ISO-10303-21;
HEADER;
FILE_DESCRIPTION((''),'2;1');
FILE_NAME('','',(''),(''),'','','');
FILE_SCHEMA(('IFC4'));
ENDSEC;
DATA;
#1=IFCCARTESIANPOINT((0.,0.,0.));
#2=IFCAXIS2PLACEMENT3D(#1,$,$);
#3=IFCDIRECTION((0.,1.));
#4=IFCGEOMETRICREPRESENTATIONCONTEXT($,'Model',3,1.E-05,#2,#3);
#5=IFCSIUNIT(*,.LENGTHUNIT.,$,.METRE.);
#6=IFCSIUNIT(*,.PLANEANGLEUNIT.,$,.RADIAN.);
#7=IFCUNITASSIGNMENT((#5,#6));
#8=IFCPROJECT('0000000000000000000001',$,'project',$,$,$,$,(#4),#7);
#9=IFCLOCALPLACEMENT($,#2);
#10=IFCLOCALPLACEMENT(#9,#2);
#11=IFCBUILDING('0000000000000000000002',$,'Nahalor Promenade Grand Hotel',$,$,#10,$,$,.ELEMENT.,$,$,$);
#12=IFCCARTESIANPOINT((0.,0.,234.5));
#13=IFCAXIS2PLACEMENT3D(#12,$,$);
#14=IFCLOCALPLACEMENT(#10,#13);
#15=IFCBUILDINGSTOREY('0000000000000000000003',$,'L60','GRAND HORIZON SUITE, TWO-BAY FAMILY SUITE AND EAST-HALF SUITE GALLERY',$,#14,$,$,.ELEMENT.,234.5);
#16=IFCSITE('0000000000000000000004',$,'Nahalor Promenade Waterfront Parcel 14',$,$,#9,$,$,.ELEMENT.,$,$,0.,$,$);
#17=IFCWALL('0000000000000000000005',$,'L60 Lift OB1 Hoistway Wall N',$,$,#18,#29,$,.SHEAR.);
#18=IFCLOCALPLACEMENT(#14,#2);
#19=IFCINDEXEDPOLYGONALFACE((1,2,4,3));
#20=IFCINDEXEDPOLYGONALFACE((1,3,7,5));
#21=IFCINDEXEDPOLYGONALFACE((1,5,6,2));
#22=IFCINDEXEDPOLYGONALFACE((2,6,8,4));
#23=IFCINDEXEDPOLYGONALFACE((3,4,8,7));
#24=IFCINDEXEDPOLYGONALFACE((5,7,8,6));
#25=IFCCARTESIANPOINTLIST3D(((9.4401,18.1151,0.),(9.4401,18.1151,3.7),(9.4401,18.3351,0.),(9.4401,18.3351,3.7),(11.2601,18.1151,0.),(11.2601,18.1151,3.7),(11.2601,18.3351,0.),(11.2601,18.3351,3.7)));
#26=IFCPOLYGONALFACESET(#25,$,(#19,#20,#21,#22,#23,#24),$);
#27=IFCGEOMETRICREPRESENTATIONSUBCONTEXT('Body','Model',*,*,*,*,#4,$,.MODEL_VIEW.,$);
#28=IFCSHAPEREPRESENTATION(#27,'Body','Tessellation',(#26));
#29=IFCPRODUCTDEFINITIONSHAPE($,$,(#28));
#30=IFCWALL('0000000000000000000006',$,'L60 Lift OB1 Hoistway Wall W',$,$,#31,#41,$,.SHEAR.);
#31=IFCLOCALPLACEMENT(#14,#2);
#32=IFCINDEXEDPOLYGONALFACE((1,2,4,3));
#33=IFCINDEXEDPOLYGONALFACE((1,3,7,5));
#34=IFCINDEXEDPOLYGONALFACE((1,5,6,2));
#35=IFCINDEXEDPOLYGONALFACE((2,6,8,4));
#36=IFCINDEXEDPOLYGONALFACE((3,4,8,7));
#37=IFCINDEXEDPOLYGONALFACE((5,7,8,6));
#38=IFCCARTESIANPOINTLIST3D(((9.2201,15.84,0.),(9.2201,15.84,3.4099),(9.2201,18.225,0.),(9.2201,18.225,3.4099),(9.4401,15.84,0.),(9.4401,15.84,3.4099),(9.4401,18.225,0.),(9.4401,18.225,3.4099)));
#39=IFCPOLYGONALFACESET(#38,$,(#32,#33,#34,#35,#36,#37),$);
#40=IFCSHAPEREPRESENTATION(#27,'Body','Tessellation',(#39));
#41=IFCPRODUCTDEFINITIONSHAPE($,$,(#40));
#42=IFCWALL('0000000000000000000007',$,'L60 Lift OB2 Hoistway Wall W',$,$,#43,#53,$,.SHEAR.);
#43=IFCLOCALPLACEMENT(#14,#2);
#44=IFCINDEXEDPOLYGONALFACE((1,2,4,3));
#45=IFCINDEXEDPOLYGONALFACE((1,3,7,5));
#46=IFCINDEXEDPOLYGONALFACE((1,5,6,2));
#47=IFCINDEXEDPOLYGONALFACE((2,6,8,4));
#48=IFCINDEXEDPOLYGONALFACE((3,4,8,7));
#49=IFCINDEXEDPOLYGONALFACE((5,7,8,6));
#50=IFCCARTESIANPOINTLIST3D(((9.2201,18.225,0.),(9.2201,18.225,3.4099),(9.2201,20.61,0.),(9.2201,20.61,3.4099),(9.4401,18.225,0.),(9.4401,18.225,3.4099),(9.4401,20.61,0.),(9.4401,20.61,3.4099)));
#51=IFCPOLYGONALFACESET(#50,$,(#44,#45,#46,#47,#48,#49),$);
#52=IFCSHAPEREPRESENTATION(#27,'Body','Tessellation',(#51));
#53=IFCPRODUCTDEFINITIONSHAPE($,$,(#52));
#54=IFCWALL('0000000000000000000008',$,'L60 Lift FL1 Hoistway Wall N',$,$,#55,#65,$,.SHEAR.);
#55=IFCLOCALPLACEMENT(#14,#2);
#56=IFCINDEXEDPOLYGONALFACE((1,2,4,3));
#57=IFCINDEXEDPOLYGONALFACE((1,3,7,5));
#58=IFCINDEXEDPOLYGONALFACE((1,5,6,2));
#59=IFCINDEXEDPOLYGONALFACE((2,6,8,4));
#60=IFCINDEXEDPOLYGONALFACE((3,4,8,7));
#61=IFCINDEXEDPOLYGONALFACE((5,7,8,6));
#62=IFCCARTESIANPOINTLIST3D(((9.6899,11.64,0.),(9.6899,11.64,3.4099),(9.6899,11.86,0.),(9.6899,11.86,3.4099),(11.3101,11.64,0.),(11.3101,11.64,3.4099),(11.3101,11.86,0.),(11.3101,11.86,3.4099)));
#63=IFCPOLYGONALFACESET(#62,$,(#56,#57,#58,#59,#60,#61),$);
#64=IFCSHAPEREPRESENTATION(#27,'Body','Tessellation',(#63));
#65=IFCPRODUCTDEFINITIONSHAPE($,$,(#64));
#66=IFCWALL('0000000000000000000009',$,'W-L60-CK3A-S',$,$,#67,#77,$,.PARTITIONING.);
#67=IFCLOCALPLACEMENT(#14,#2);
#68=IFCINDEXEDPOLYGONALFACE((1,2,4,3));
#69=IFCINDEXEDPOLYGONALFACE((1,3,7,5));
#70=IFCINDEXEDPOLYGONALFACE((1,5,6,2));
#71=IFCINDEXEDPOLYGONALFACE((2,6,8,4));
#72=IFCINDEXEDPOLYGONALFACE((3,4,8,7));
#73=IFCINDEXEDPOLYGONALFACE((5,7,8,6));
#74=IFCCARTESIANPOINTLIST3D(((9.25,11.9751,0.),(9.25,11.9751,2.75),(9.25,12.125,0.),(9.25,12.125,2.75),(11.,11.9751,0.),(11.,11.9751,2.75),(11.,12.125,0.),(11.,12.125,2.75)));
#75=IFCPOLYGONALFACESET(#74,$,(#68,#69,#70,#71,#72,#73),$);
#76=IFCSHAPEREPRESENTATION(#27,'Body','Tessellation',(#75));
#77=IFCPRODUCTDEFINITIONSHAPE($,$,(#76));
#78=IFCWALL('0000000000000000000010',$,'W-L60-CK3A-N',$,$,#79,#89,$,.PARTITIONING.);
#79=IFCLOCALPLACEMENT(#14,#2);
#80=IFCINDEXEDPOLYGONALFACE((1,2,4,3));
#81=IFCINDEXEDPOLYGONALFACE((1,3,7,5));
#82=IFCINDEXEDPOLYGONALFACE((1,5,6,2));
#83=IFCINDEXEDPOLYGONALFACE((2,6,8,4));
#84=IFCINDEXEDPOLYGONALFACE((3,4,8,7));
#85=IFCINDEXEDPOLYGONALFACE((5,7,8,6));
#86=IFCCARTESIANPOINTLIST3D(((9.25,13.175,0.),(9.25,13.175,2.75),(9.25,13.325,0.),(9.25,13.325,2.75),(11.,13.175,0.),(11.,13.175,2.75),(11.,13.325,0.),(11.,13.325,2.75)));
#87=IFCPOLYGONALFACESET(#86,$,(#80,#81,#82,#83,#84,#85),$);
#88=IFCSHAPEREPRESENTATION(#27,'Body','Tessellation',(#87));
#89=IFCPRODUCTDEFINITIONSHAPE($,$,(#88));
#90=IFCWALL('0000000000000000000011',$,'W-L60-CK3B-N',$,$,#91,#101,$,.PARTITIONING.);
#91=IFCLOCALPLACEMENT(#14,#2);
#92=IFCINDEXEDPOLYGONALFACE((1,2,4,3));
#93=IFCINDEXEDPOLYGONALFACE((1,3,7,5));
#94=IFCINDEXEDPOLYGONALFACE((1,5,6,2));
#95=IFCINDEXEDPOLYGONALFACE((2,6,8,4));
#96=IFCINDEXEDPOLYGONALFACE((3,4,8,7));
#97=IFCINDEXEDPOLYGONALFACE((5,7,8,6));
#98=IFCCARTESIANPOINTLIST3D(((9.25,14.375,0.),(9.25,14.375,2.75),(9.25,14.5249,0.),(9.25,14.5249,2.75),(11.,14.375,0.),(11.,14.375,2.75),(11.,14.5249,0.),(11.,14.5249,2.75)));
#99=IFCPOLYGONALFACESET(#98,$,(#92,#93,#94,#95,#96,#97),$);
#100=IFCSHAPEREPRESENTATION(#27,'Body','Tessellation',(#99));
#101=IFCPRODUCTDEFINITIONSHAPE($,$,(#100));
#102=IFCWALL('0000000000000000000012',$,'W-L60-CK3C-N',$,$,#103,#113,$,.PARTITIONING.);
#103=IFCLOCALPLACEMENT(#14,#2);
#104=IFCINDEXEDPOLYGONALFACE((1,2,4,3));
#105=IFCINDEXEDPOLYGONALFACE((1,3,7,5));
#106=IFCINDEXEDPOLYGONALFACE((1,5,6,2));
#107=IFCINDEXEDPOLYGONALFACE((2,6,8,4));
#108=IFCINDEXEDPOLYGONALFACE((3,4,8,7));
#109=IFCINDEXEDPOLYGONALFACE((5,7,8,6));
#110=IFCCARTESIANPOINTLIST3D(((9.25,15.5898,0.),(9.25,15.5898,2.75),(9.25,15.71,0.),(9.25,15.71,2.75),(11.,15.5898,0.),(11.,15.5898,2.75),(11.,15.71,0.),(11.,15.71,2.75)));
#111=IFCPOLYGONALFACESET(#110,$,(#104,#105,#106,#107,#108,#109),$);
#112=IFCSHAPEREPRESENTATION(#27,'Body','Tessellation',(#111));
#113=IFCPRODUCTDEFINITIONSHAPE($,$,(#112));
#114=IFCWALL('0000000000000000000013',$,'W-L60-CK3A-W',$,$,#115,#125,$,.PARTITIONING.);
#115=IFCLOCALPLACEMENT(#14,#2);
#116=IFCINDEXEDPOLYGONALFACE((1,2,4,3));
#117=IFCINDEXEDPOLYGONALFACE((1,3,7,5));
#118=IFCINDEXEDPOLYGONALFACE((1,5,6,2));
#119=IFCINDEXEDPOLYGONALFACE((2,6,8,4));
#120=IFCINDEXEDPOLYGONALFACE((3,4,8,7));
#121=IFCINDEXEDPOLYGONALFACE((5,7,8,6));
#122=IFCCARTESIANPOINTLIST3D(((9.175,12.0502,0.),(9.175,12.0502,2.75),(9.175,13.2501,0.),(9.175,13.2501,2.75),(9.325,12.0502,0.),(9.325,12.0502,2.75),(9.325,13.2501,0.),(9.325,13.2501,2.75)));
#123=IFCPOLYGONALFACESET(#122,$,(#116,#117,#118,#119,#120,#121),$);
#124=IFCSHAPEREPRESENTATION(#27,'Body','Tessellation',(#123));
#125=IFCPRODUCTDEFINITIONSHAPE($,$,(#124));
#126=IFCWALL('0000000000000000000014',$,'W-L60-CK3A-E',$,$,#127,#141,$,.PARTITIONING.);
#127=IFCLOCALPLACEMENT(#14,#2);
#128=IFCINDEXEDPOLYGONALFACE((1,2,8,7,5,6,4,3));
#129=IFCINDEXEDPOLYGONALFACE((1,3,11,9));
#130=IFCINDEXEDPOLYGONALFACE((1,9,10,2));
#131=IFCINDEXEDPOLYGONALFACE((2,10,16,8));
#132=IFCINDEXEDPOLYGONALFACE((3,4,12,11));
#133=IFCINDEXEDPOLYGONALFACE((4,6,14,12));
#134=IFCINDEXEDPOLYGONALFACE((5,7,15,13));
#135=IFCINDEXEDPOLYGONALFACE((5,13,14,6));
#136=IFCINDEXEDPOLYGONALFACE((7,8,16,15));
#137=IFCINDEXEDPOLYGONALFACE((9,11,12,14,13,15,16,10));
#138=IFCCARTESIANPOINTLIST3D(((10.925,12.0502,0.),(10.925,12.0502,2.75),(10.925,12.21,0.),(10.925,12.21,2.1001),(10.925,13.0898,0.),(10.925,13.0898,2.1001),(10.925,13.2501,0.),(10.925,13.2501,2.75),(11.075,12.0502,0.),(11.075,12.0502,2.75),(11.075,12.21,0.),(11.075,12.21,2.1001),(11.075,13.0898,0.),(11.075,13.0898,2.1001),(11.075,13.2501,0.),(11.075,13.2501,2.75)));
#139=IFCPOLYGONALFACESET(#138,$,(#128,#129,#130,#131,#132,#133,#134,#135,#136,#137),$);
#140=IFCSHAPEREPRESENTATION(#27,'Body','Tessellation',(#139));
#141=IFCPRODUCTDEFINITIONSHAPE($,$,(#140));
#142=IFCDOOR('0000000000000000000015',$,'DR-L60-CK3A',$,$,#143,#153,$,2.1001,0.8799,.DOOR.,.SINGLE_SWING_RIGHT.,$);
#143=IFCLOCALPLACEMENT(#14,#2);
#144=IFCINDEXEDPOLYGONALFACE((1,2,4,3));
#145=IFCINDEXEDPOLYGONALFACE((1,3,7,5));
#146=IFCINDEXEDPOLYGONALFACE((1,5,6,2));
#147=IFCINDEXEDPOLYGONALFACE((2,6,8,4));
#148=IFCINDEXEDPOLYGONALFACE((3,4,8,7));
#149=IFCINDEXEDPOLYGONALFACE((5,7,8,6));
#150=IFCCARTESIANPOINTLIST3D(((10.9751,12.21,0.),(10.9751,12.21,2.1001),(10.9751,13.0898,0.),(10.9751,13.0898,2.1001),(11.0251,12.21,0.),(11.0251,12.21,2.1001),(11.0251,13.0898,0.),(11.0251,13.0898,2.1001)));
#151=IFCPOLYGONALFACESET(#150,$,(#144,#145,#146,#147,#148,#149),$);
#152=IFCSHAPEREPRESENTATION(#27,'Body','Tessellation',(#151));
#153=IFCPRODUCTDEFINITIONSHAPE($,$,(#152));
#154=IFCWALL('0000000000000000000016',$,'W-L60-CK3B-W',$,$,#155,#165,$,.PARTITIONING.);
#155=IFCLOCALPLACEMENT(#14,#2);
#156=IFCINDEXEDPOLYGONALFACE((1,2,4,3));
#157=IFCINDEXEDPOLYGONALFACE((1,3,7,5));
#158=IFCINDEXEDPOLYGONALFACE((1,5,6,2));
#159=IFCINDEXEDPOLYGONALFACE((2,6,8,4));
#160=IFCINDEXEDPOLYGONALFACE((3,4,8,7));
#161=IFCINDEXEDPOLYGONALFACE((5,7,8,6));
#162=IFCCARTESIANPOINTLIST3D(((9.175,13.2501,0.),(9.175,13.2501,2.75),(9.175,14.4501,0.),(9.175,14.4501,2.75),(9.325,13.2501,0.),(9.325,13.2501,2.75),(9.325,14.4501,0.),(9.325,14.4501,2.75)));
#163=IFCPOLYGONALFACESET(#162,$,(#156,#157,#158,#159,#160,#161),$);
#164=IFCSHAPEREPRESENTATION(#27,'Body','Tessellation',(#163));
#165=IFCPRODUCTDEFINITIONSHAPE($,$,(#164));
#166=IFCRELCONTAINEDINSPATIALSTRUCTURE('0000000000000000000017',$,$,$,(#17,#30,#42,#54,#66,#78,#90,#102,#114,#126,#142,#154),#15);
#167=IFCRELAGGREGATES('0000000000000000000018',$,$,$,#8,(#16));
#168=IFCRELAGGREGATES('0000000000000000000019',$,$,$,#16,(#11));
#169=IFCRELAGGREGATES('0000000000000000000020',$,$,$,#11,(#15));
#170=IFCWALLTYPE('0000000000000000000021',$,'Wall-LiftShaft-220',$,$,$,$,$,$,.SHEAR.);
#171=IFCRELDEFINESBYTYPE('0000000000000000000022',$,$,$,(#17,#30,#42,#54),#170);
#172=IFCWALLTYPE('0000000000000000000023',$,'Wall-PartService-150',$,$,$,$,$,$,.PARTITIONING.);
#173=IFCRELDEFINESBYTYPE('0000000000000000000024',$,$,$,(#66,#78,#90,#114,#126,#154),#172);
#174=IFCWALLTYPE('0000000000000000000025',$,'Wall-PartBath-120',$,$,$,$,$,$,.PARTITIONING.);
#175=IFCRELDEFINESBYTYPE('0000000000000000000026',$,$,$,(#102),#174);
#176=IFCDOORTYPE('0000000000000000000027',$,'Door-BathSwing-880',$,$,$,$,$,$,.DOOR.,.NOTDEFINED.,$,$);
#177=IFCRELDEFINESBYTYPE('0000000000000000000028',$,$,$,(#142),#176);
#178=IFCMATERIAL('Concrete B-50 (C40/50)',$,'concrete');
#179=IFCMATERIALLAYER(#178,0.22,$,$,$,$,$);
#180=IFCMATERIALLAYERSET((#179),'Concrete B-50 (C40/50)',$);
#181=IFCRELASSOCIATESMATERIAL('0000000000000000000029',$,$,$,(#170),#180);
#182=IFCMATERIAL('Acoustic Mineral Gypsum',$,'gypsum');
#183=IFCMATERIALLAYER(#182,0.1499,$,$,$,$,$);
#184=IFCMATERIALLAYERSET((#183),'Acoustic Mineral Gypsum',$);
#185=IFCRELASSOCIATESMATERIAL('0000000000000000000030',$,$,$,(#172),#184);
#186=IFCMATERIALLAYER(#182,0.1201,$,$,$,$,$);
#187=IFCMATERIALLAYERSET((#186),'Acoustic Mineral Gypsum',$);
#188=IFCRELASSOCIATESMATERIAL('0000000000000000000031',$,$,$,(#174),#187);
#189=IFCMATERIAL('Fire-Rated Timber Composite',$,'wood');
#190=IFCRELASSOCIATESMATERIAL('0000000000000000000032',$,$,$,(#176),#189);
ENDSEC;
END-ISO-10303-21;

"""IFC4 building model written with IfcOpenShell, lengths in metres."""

from ifc_helpers import new_model, si_unit, direction, frame, frame_2d, origin, place, context, subcontext, project, spatial, rectangle, extrude, source, transform, mapped, material, layer, layer_set, type_object, element, fill, save


model = new_model("IFC4")

# Units and contexts
model_context = context("Model", 3, precision=1e-05, world=origin(), true_north=direction((0.0, 1.0)))
body_context = subcontext(model_context, "Body", "Model", "MODEL_VIEW")
ifc_project = project(units=[si_unit("LENGTHUNIT", "METRE"), si_unit("PLANEANGLEUNIT", "RADIAN")], contexts=[model_context])

# Site, building, storey
site_placement = place(None, origin())
site = spatial("IfcSite", under=ifc_project, at=site_placement, Name="Nahalor Promenade Waterfront Parcel 14", CompositionType="ELEMENT", RefElevation=0.0)
building_placement = place(site_placement, origin())
building = spatial("IfcBuilding", under=site, at=building_placement, Name="Nahalor Promenade Grand Hotel", CompositionType="ELEMENT")
storey_placement = place(building_placement, frame((0.0, 0.0, 234.5)))
storey = spatial("IfcBuildingStorey", under=building, at=storey_placement, Name="L60", Description="GRAND HORIZON SUITE, TWO-BAY FAMILY SUITE AND EAST-HALF SUITE GALLERY", CompositionType="ELEMENT", Elevation=234.5)

# Walls
ifc_material_1 = material(Name="Concrete B-50 (C40/50)", Category="concrete")
ifc_layer_1 = layer(ifc_material_1, 0.22)
ifc_layer_set_1 = layer_set([ifc_layer_1], Name="Concrete B-50 (C40/50)")
wall_type_1 = type_object("IfcWallType", Name="Wall-LiftShaft-220", PredefinedType="SHEAR", material=ifc_layer_set_1)
shared_shape_1 = source(origin(), body_context, "Body", "SweptSolid", [
    extrude(rectangle(XDim=1.8201, YDim=0.22, at=frame_2d((0.9102, 0.0))), origin(), (0.0, 0.0, 1.0), 3.7),
])
wall_1_placement = place(storey_placement, frame((9.4399, 18.2251, 0.0), z_axis=(0.0, 0.0, 1.0), x_axis=(1.0, 0.0, 0.0)))
element("IfcWall", 1, at=wall_1_placement, inside=storey, type_object=wall_type_1, Name="L60 Lift OB1 Hoistway Wall N", PredefinedType="SHEAR", context=body_context, shape_type="MappedRepresentation", body=[
    mapped(shared_shape_1, transform((0.0, 0.0, 0.0), scale=1.0)),
])
shared_shape_2 = source(origin(), body_context, "Body", "SweptSolid", [
    extrude(rectangle(XDim=2.385, YDim=0.22, at=frame_2d((1.1924, 0.0))), origin(), (0.0, 0.0, 1.0), 3.4099),
])
for number, where, z_axis, x_axis, name in (
    (2, (9.3301, 15.8401, 0.0), (0.0, 0.0, 1.0), (0.0, 1.0, 0.0), "L60 Lift OB1 Hoistway Wall W"),
    (3, (9.3301, 18.2251, 0.0), (0.0, 0.0, 1.0), (0.0, 1.0, 0.0), "L60 Lift OB2 Hoistway Wall W"),
):
    element("IfcWall", number, at=place(storey_placement, frame(where, z_axis=z_axis, x_axis=x_axis)), inside=storey, type_object=wall_type_1, Name=name, PredefinedType="SHEAR", context=body_context, shape_type="MappedRepresentation", body=[
        mapped(shared_shape_2, transform((0.0, 0.0, 0.0), scale=1.0)),
    ])
shared_shape_3 = source(origin(), body_context, "Body", "SweptSolid", [
    extrude(rectangle(XDim=1.6201, YDim=0.22, at=frame_2d((0.8101, 0.0))), origin(), (0.0, 0.0, 1.0), 3.4099),
])
wall_2_placement = place(storey_placement, frame((9.6899, 11.75, 0.0), z_axis=(0.0, 0.0, 1.0), x_axis=(1.0, 0.0, 0.0)))
element("IfcWall", 4, at=wall_2_placement, inside=storey, type_object=wall_type_1, Name="L60 Lift FL1 Hoistway Wall N", PredefinedType="SHEAR", context=body_context, shape_type="MappedRepresentation", body=[
    mapped(shared_shape_3, transform((0.0, 0.0, 0.0), scale=1.0)),
])
ifc_material_2 = material(Name="Acoustic Mineral Gypsum", Category="gypsum")
ifc_layer_2 = layer(ifc_material_2, 0.1499)
ifc_layer_set_2 = layer_set([ifc_layer_2], Name="Acoustic Mineral Gypsum")
wall_type_2 = type_object("IfcWallType", Name="Wall-PartService-150", PredefinedType="PARTITIONING", material=ifc_layer_set_2)
shared_shape_4 = source(origin(), body_context, "Body", "SweptSolid", [
    extrude(rectangle(XDim=1.75, YDim=0.1499, at=frame_2d((0.875, 0.0))), origin(), (0.0, 0.0, 1.0), 2.75),
])
for number, where, z_axis, x_axis, name in (
    (5, (9.25, 12.05, 0.0), (0.0, 0.0, 1.0), (1.0, 0.0, 0.0), "W-L60-CK3A-S"),
    (6, (9.25, 13.25, 0.0), (0.0, 0.0, 1.0), (1.0, 0.0, 0.0), "W-L60-CK3A-N"),
    (7, (9.25, 14.45, 0.0), (0.0, 0.0, 1.0), (1.0, 0.0, 0.0), "W-L60-CK3B-N"),
):
    element("IfcWall", number, at=place(storey_placement, frame(where, z_axis=z_axis, x_axis=x_axis)), inside=storey, type_object=wall_type_2, Name=name, PredefinedType="PARTITIONING", context=body_context, shape_type="MappedRepresentation", body=[
        mapped(shared_shape_4, transform((0.0, 0.0, 0.0), scale=1.0)),
    ])
ifc_layer_3 = layer(ifc_material_2, 0.1201)
ifc_layer_set_3 = layer_set([ifc_layer_3], Name="Acoustic Mineral Gypsum")
wall_type_3 = type_object("IfcWallType", Name="Wall-PartBath-120", PredefinedType="PARTITIONING", material=ifc_layer_set_3)
shared_shape_5 = source(origin(), body_context, "Body", "SweptSolid", [
    extrude(rectangle(XDim=1.75, YDim=0.1201, at=frame_2d((0.875, 0.0))), origin(), (0.0, 0.0, 1.0), 2.75),
])
wall_3_placement = place(storey_placement, frame((9.25, 15.6499, 0.0), z_axis=(0.0, 0.0, 1.0), x_axis=(1.0, 0.0, 0.0)))
element("IfcWall", 8, at=wall_3_placement, inside=storey, type_object=wall_type_3, Name="W-L60-CK3C-N", PredefinedType="PARTITIONING", context=body_context, shape_type="MappedRepresentation", body=[
    mapped(shared_shape_5, transform((0.0, 0.0, 0.0), scale=1.0)),
])
shared_shape_6 = source(origin(), body_context, "Body", "SweptSolid", [
    extrude(rectangle(XDim=1.2, YDim=0.1499, at=frame_2d((0.6001, 0.0))), origin(), (0.0, 0.0, 1.0), 2.75),
])
wall_4_placement = place(storey_placement, frame((9.25, 12.05, 0.0), z_axis=(0.0, 0.0, 1.0), x_axis=(0.0, 1.0, 0.0)))
element("IfcWall", 9, at=wall_4_placement, inside=storey, type_object=wall_type_2, Name="W-L60-CK3A-W", PredefinedType="PARTITIONING", context=body_context, shape_type="MappedRepresentation", body=[
    mapped(shared_shape_6, transform((0.0, 0.0, 0.0), scale=1.0)),
])

# Wall, opening, door
wall_5_placement = place(storey_placement, frame((11.0, 12.05, 0.0), z_axis=(0.0, 0.0, 1.0), x_axis=(0.0, 1.0, 0.0)))
wall_5 = element("IfcWall", 10, at=wall_5_placement, inside=storey, type_object=wall_type_2, Name="W-L60-CK3A-E", PredefinedType="PARTITIONING", context=body_context, shape_type="MappedRepresentation", body=[
    mapped(shared_shape_6, transform((0.0, 0.0, 0.0), scale=1.0)),
])
opening_1_placement = place(wall_5_placement, frame((0.1599, 0.0, 0.0)))
opening_1 = element("IfcOpeningElement", 11, at=opening_1_placement, cuts=wall_5, PredefinedType="OPENING", context=body_context, shape_type="SweptSolid", body=[
    extrude(rectangle(XDim=0.8799, YDim=2.1001, at=frame_2d((0.4399, 1.05))), frame((0.0, 0.085, 0.0), z_axis=(0.0, -1.0, 0.0), x_axis=(1.0, 0.0, 0.0)), (0.0, 0.0, 1.0), 0.1699),
])
ifc_material_3 = material(Name="Fire-Rated Timber Composite", Category="wood")
door_type = type_object("IfcDoorType", Name="Door-BathSwing-880", OperationType="NOTDEFINED", PredefinedType="DOOR", material=ifc_material_3)
shared_shape_7 = source(origin(), body_context, "Body", "SweptSolid", [
    extrude(rectangle(XDim=0.8799, YDim=2.1001, at=frame_2d((0.4399, 1.05))), frame((0.0, 0.0249, 0.0), z_axis=(0.0, -1.0, 0.0), x_axis=(1.0, 0.0, 0.0)), (0.0, 0.0, 1.0), 0.05),
])
door_1_placement = place(opening_1_placement, origin())
door_1 = element("IfcDoor", 12, at=door_1_placement, inside=storey, type_object=door_type, Name="DR-L60-CK3A", OperationType="SINGLE_SWING_RIGHT", OverallHeight=2.1001, OverallWidth=0.8799, PredefinedType="DOOR", context=body_context, shape_type="MappedRepresentation", body=[
    mapped(shared_shape_7, transform((0.0, 0.0, 0.0), scale=1.0)),
])
fill(opening_1, door_1)

# Wall
wall_6_placement = place(storey_placement, frame((9.25, 13.25, 0.0), z_axis=(0.0, 0.0, 1.0), x_axis=(0.0, 1.0, 0.0)))
element("IfcWall", 13, at=wall_6_placement, inside=storey, type_object=wall_type_2, Name="W-L60-CK3B-W", PredefinedType="PARTITIONING", context=body_context, shape_type="MappedRepresentation", body=[
    mapped(shared_shape_6, transform((0.0, 0.0, 0.0), scale=1.0)),
])

save(model, "model.ifc")
